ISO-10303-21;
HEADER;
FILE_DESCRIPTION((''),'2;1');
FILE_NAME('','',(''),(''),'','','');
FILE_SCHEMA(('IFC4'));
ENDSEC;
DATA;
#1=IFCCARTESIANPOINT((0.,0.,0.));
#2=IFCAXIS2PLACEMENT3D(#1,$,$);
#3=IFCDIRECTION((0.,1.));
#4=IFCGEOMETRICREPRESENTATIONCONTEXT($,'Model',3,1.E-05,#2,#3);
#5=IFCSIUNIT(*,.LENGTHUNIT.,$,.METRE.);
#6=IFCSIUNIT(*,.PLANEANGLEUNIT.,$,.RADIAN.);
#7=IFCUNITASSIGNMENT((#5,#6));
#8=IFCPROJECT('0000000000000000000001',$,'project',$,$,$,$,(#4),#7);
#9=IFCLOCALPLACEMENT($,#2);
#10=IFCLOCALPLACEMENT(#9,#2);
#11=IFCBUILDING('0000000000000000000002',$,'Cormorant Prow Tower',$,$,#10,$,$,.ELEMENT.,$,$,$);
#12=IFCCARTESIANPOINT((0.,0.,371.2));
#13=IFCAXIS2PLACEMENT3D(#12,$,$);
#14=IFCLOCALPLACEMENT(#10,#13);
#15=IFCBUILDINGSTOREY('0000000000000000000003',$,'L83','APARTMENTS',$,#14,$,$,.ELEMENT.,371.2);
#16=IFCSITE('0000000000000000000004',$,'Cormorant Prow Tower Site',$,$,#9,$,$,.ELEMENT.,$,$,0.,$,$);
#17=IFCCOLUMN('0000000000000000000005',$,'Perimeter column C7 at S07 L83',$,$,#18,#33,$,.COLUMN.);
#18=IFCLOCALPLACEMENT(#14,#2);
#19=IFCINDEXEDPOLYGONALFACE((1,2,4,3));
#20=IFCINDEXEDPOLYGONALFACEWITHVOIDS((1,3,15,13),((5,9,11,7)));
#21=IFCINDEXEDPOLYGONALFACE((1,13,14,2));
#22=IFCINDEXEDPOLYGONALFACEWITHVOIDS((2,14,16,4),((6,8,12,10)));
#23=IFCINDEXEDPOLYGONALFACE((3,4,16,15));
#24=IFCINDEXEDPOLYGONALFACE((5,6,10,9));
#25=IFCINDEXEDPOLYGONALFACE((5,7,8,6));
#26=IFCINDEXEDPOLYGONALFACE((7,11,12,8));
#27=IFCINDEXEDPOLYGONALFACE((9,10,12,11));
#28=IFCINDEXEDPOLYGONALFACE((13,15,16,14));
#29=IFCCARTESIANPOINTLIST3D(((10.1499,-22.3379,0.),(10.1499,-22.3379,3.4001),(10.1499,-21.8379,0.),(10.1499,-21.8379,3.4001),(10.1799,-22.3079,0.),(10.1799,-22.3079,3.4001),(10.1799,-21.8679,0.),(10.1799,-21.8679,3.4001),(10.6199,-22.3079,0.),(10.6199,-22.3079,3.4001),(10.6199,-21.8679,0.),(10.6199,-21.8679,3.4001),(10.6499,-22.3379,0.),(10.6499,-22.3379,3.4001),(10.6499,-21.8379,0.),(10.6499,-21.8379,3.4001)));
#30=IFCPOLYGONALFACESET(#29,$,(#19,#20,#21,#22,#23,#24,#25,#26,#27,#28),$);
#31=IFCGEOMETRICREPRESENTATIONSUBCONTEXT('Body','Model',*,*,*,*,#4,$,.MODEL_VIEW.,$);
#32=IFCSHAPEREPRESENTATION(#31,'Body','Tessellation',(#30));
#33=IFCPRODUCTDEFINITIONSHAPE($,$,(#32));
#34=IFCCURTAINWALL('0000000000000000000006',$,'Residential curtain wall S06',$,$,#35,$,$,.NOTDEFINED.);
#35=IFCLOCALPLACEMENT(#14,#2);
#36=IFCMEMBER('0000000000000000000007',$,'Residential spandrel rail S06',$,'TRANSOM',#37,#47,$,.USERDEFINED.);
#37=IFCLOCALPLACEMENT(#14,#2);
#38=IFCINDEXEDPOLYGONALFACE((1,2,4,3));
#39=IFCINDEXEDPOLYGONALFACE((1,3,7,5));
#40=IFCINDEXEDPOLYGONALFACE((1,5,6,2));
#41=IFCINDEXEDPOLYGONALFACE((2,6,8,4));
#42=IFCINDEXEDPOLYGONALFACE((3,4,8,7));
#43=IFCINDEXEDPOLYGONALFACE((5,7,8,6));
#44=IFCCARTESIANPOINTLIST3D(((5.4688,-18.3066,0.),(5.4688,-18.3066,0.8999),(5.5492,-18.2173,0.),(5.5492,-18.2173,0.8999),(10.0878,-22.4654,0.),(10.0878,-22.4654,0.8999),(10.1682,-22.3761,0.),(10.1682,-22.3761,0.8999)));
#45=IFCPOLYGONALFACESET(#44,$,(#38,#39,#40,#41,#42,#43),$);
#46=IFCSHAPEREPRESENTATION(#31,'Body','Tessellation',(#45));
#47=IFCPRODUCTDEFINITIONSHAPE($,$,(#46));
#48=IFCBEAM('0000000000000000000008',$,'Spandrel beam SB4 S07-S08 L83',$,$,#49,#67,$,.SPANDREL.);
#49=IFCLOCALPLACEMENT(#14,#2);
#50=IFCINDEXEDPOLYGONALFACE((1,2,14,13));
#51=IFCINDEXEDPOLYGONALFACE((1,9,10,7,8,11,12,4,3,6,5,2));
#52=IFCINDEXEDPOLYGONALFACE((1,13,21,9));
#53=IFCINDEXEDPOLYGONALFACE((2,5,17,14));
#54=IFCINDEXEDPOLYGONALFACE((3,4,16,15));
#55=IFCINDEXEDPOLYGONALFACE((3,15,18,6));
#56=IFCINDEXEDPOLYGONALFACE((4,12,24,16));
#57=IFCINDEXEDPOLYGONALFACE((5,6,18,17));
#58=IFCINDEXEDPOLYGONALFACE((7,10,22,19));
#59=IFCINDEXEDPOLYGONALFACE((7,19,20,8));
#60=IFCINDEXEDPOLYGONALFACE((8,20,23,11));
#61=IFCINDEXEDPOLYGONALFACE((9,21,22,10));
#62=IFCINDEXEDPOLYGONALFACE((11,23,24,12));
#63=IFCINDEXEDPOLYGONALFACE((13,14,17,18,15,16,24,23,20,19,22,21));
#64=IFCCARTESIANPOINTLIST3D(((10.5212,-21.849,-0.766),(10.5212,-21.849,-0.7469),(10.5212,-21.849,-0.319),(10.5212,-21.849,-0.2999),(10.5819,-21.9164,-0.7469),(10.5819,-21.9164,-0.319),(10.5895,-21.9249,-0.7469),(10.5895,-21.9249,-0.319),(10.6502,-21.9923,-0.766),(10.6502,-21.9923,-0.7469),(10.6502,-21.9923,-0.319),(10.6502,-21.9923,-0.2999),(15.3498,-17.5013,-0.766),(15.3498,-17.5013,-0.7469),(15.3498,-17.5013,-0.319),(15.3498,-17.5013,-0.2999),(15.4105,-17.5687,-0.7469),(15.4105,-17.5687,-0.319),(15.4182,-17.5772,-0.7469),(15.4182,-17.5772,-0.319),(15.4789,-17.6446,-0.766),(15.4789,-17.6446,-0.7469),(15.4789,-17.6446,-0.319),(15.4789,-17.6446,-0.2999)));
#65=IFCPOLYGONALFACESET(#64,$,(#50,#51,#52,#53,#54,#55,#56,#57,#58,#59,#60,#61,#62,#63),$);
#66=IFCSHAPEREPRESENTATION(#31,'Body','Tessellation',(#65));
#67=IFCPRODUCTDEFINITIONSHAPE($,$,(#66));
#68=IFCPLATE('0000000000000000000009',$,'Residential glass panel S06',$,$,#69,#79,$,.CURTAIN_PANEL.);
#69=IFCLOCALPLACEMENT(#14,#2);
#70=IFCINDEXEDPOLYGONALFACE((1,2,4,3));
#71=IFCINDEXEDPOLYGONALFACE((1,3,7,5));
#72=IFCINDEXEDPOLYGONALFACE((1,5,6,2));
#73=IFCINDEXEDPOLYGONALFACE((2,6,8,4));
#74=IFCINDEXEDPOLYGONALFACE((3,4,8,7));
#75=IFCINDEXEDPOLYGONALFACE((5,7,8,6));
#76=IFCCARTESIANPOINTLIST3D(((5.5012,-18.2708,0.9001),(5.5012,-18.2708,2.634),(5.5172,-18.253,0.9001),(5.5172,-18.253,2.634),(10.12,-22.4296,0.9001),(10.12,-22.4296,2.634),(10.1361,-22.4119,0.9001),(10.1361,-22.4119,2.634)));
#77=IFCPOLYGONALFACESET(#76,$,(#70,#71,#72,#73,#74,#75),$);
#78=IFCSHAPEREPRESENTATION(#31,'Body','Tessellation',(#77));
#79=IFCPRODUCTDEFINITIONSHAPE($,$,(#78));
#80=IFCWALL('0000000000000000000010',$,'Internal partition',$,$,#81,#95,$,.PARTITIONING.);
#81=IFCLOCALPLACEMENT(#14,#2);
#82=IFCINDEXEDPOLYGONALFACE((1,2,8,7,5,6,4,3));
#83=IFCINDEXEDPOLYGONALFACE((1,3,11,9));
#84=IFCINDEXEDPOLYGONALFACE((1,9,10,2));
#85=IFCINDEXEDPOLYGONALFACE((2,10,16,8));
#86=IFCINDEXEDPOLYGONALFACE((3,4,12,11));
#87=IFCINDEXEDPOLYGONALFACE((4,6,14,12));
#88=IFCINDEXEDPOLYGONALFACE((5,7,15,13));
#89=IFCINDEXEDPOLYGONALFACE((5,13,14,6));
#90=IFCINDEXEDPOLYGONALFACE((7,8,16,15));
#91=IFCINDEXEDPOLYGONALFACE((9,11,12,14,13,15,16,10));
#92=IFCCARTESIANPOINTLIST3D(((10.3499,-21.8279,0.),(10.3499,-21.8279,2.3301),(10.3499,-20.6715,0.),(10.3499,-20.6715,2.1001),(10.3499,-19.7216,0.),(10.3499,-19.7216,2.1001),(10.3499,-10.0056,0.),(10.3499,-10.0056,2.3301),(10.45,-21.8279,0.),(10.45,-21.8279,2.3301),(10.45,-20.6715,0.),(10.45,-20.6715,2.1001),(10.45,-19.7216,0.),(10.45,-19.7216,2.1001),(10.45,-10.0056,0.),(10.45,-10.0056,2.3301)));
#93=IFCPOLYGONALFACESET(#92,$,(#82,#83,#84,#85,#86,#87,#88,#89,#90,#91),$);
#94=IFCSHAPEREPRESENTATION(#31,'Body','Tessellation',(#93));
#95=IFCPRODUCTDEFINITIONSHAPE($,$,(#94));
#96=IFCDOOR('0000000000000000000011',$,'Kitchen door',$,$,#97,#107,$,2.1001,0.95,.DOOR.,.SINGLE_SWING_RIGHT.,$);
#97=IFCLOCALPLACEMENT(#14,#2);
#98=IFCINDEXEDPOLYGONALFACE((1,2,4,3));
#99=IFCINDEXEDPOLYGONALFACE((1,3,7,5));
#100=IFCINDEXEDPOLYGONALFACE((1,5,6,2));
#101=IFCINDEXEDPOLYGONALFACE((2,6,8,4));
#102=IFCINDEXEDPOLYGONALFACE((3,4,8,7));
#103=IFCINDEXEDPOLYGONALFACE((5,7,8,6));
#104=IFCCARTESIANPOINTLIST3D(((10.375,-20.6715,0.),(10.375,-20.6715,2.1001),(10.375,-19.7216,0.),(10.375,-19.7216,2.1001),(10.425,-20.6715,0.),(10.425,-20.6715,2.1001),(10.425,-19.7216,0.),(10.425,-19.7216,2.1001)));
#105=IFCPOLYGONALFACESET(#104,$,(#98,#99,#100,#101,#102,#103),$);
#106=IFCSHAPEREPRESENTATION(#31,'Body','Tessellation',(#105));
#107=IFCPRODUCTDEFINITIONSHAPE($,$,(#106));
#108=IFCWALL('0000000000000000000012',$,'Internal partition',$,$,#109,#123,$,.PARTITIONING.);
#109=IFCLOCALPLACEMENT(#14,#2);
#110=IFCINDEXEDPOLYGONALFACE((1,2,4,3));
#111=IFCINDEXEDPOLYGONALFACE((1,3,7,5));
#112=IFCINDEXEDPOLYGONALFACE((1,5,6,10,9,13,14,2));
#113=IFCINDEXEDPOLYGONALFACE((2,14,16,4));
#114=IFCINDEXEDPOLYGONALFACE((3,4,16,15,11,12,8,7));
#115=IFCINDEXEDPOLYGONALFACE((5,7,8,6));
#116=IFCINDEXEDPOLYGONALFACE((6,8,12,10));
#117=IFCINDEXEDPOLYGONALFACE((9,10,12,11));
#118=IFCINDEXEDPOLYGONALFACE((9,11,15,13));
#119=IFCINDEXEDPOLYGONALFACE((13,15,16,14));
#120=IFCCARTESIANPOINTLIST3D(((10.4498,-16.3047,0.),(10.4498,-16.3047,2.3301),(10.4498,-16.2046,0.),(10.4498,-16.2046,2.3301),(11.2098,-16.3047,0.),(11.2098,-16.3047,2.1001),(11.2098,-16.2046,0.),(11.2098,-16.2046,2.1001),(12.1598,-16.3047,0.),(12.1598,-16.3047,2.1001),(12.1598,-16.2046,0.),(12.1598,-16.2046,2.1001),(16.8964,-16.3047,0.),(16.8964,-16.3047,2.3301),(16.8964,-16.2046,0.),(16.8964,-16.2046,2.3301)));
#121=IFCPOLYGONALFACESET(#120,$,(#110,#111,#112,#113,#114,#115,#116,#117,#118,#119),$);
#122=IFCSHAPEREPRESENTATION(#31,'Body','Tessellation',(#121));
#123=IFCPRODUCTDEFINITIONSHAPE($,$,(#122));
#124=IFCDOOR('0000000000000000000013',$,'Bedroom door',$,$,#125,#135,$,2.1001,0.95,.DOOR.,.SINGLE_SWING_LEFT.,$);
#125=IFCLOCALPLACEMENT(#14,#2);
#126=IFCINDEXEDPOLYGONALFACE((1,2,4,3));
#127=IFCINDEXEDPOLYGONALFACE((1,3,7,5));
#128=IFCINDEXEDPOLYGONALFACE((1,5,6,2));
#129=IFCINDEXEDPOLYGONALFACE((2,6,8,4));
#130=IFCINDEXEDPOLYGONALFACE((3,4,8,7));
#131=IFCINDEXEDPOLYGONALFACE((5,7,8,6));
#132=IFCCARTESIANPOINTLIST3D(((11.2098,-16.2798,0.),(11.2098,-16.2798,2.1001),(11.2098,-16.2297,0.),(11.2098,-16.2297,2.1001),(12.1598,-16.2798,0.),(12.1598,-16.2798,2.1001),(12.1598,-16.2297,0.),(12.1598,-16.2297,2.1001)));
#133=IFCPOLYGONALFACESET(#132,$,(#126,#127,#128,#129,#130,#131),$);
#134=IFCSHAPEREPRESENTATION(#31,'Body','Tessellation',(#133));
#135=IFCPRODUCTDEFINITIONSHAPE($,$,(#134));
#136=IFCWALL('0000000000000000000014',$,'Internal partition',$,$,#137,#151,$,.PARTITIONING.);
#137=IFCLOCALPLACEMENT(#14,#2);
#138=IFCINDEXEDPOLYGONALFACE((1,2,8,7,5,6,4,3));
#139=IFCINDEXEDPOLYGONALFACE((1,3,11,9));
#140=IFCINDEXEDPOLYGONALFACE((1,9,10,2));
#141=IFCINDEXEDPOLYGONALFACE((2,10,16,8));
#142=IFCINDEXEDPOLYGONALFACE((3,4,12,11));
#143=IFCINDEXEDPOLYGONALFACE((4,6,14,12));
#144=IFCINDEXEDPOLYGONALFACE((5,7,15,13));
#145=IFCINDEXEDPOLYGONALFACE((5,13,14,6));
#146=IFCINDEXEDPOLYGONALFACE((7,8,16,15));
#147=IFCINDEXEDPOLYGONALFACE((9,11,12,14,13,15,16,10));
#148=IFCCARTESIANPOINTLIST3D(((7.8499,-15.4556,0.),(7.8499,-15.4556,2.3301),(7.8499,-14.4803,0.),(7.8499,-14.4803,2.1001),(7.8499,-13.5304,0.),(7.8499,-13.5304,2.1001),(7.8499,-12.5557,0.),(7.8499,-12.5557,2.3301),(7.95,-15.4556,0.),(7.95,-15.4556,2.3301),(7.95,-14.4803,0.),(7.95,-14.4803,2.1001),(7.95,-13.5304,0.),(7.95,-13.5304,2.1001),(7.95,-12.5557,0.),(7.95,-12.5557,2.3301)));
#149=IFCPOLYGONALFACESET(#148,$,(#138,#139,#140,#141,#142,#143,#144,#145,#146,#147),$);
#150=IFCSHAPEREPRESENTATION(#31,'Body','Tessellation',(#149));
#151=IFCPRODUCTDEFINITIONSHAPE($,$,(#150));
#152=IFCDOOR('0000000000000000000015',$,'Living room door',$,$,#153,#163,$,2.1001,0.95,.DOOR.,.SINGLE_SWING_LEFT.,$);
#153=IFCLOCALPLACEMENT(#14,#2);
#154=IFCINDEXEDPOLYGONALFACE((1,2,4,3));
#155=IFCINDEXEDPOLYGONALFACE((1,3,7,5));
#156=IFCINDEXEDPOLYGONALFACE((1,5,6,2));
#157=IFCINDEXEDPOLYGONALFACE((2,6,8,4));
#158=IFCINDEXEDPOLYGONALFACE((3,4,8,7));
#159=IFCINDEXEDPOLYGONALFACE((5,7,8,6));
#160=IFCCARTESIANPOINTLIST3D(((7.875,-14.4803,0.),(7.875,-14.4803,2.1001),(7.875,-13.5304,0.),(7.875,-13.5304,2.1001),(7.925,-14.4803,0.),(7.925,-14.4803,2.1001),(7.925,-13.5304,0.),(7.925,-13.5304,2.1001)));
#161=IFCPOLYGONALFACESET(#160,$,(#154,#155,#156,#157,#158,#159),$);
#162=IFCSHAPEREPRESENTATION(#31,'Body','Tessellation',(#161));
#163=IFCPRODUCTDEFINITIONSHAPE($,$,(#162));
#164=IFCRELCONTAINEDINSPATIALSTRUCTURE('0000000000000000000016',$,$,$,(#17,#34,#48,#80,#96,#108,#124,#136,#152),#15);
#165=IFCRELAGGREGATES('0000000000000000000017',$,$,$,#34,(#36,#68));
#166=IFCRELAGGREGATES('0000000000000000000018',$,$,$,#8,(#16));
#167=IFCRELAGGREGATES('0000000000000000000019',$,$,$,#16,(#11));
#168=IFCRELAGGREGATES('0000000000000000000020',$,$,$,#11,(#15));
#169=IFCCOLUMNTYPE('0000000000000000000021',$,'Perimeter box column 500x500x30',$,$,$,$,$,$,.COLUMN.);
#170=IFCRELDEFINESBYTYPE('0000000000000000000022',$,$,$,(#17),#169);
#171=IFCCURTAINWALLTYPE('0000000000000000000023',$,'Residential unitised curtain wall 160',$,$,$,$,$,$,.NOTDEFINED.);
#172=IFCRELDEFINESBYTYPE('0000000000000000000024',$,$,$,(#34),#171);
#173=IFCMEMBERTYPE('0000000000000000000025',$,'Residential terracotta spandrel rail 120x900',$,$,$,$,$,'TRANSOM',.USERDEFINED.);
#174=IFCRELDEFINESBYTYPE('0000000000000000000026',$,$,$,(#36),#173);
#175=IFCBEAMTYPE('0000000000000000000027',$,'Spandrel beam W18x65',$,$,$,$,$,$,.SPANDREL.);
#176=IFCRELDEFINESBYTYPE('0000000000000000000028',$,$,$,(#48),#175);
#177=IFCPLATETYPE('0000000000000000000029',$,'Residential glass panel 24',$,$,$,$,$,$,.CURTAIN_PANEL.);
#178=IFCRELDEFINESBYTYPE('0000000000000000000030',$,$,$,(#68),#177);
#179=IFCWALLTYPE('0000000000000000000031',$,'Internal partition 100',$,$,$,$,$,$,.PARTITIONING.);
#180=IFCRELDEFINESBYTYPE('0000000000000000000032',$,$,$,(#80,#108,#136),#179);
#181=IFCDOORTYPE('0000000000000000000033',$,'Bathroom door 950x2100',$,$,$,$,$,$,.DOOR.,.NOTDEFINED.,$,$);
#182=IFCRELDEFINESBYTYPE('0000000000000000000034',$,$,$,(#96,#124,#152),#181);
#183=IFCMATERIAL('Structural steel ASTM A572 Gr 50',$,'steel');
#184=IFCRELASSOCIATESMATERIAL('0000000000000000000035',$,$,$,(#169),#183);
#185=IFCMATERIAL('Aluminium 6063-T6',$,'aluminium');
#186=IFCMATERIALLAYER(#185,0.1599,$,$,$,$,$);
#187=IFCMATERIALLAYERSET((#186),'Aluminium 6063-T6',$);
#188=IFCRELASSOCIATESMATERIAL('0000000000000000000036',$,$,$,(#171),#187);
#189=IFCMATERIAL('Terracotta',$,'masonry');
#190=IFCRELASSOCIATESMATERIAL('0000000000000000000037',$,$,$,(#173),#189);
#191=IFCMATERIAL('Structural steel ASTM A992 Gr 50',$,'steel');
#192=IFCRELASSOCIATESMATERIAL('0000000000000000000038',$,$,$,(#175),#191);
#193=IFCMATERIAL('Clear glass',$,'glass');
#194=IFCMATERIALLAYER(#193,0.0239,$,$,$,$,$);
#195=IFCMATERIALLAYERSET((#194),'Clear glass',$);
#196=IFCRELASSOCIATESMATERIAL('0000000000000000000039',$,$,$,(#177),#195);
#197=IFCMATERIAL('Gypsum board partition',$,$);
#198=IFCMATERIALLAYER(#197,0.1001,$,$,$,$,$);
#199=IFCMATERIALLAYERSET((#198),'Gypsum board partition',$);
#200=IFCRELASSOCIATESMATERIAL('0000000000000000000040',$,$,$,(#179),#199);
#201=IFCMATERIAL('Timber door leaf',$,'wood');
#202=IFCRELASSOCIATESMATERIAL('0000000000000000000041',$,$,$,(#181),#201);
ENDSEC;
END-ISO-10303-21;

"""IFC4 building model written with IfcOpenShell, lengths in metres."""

from ifc_helpers import new_model, si_unit, direction, frame, frame_2d, origin, origin_2d, place, context, subcontext, project, spatial, rectangle, hollow_rectangle, i_section, extrude, material, layer, layer_set, material_profile, profile_set, type_object, element, fill, aggregate, save


model = new_model("IFC4")

# Units and contexts
model_context = context("Model", 3, precision=1e-05, world=origin(), true_north=direction((0.0, 1.0)))
body_context = subcontext(model_context, "Body", "Model", "MODEL_VIEW")
ifc_project = project(units=[si_unit("LENGTHUNIT", "METRE"), si_unit("PLANEANGLEUNIT", "RADIAN")], contexts=[model_context])

# Site, building, storey
site_placement = place(None, origin())
site = spatial("IfcSite", under=ifc_project, at=site_placement, Name="Cormorant Prow Tower Site", CompositionType="ELEMENT", RefElevation=0.0)
building_placement = place(site_placement, origin())
building = spatial("IfcBuilding", under=site, at=building_placement, Name="Cormorant Prow Tower", CompositionType="ELEMENT")
storey_placement = place(building_placement, frame((0.0, 0.0, 371.2)))
storey = spatial("IfcBuildingStorey", under=building, at=storey_placement, Name="L83", Description="APARTMENTS", CompositionType="ELEMENT", Elevation=371.2)

# Column
ifc_material_1 = material(Name="Structural steel ASTM A572 Gr 50", Category="steel")
ifc_material_profile_1 = material_profile(ifc_material_1, hollow_rectangle(XDim=0.5, YDim=0.5, WallThickness=0.03, at=origin_2d()), Name="Box 500x500x30")
ifc_profile_set_1 = profile_set([ifc_material_profile_1], Name="Structural steel ASTM A572 Gr 50")
column_type = type_object("IfcColumnType", Name="Perimeter box column 500x500x30", PredefinedType="COLUMN", material=ifc_profile_set_1)
column_placement = place(storey_placement, frame((10.3999, -22.0879, 0.0), z_axis=(0.0, 0.0, 1.0), x_axis=(1.0, 0.0, 0.0)))
element("IfcColumn", 1, at=column_placement, inside=storey, type_object=column_type, Name="Perimeter column C7 at S07 L83", PredefinedType="COLUMN", context=body_context, shape_type="SweptSolid", body=[
    extrude(hollow_rectangle(XDim=0.5, YDim=0.5, WallThickness=0.03, at=origin_2d()), origin(), (0.0, 0.0, 1.0), 3.4001),
])

# Curtain wall, member
ifc_material_2 = material(Name="Aluminium 6063-T6", Category="aluminium")
ifc_layer_1 = layer(ifc_material_2, 0.1599)
ifc_layer_set_1 = layer_set([ifc_layer_1], Name="Aluminium 6063-T6")
curtain_wall_type = type_object("IfcCurtainWallType", Name="Residential unitised curtain wall 160", PredefinedType="NOTDEFINED", material=ifc_layer_set_1)
curtain_wall_placement = place(storey_placement, origin())
curtain_wall = element("IfcCurtainWall", 2, at=curtain_wall_placement, inside=storey, type_object=curtain_wall_type, Name="Residential curtain wall S06", PredefinedType="NOTDEFINED")
ifc_material_3 = material(Name="Terracotta", Category="masonry")
ifc_material_profile_2 = material_profile(ifc_material_3, rectangle(XDim=0.1201, YDim=0.8999, at=origin_2d()), Name="Residential terracotta spandrel rail 120x900")
ifc_profile_set_2 = profile_set([ifc_material_profile_2], Name="Terracotta")
member_type = type_object("IfcMemberType", Name="Residential terracotta spandrel rail 120x900", ElementType="TRANSOM", PredefinedType="USERDEFINED", material=ifc_profile_set_2)
member_placement = place(storey_placement, frame((5.509, -18.262, 0.45), z_axis=(0.743159, -0.669114, 0.0), x_axis=(0.669114, 0.743159, 0.0)))
member = element("IfcMember", 3, at=member_placement, type_object=member_type, Name="Residential spandrel rail S06", ObjectType="TRANSOM", PredefinedType="USERDEFINED", context=body_context, shape_type="SweptSolid", body=[
    extrude(rectangle(XDim=0.1201, YDim=0.8999, at=origin_2d()), origin(), (0.0, 0.0, 1.0), 6.2153),
])

# Beam
ifc_material_4 = material(Name="Structural steel ASTM A992 Gr 50", Category="steel")
ifc_material_profile_3 = material_profile(ifc_material_4, i_section(OverallWidth=0.1929, OverallDepth=0.4661, WebThickness=0.0115, FlangeThickness=0.019, at=origin_2d()), Name="W18x65")
ifc_profile_set_3 = profile_set([ifc_material_profile_3], Name="Structural steel ASTM A992 Gr 50")
beam_type = type_object("IfcBeamType", Name="Spandrel beam W18x65", PredefinedType="SPANDREL", material=ifc_profile_set_3)
beam_placement = place(storey_placement, frame((10.5857, -21.9207, -0.533), z_axis=(0.743148, 0.669127, 0.0), x_axis=(-0.669127, 0.743148, 0.0)))
element("IfcBeam", 4, at=beam_placement, inside=storey, type_object=beam_type, Name="Spandrel beam SB4 S07-S08 L83", PredefinedType="SPANDREL", context=body_context, shape_type="SweptSolid", body=[
    extrude(i_section(OverallWidth=0.1929, OverallDepth=0.4661, WebThickness=0.0115, FlangeThickness=0.019, at=origin_2d()), origin(), (0.0, 0.0, 1.0), 6.4976),
])

# Plate
ifc_material_5 = material(Name="Clear glass", Category="glass")
ifc_layer_2 = layer(ifc_material_5, 0.0239)
ifc_layer_set_2 = layer_set([ifc_layer_2], Name="Clear glass")
plate_type = type_object("IfcPlateType", Name="Residential glass panel 24", PredefinedType="CURTAIN_PANEL", material=ifc_layer_set_2)
plate_placement = place(storey_placement, frame((7.8186, -20.3413, 0.9001), z_axis=(0.0, 0.0, 1.0), x_axis=(0.743145, -0.669131, 0.0)))
plate = element("IfcPlate", 5, at=plate_placement, type_object=plate_type, Name="Residential glass panel S06", PredefinedType="CURTAIN_PANEL", context=body_context, shape_type="SweptSolid", body=[
    extrude(rectangle(XDim=6.2153, YDim=0.0239, at=origin_2d()), origin(), (0.0, 0.0, 1.0), 1.7339),
])
aggregate(curtain_wall, [member, plate])

# Walls, openings, doors
ifc_material_6 = material(Name="Gypsum board partition")
ifc_layer_3 = layer(ifc_material_6, 0.1001)
ifc_layer_set_3 = layer_set([ifc_layer_3], Name="Gypsum board partition")
wall_type_1 = type_object("IfcWallType", Name="Internal partition 100", PredefinedType="PARTITIONING", material=ifc_layer_set_3)
wall_1_placement = place(storey_placement, frame((10.3999, -21.8279, 0.0), z_axis=(0.0, 0.0, 1.0), x_axis=(0.0, 1.0, 0.0)))
wall_1 = element("IfcWall", 6, at=wall_1_placement, inside=storey, type_object=wall_type_1, Name="Internal partition", PredefinedType="PARTITIONING", context=body_context, shape_type="SweptSolid", body=[
    extrude(rectangle(XDim=11.8223, YDim=0.1001, at=frame_2d((5.9111, 0.0))), origin(), (0.0, 0.0, 1.0), 2.3301),
])
opening_1_placement = place(wall_1_placement, frame((1.1562, 0.0, 0.0)))
opening_1 = element("IfcOpeningElement", 7, at=opening_1_placement, cuts=wall_1, PredefinedType="OPENING", context=body_context, shape_type="SweptSolid", body=[
    extrude(rectangle(XDim=0.95, YDim=2.1001, at=frame_2d((0.4751, 1.05))), frame((0.0, 0.0601, 0.0), z_axis=(0.0, -1.0, 0.0), x_axis=(1.0, 0.0, 0.0)), (0.0, 0.0, 1.0), 0.1201),
])
ifc_material_7 = material(Name="Timber door leaf", Category="wood")
door_type_1 = type_object("IfcDoorType", Name="Bathroom door 950x2100", OperationType="NOTDEFINED", PredefinedType="DOOR", material=ifc_material_7)
door_1_placement = place(opening_1_placement, origin())
door_1 = element("IfcDoor", 8, at=door_1_placement, inside=storey, type_object=door_type_1, Name="Kitchen door", OperationType="SINGLE_SWING_RIGHT", OverallHeight=2.1001, OverallWidth=0.95, PredefinedType="DOOR", context=body_context, shape_type="SweptSolid", body=[
    extrude(rectangle(XDim=0.95, YDim=2.1001, at=frame_2d((0.4751, 1.05))), frame((0.0, 0.0249, 0.0), z_axis=(0.0, -1.0, 0.0), x_axis=(1.0, 0.0, 0.0)), (0.0, 0.0, 1.0), 0.05),
])
fill(opening_1, door_1)
wall_2_placement = place(storey_placement, frame((10.45, -16.2546, 0.0), z_axis=(0.0, 0.0, 1.0), x_axis=(1.0, 0.0, 0.0)))
wall_2 = element("IfcWall", 9, at=wall_2_placement, inside=storey, type_object=wall_type_1, Name="Internal partition", PredefinedType="PARTITIONING", context=body_context, shape_type="SweptSolid", body=[
    extrude(rectangle(XDim=6.4465, YDim=0.1001, at=frame_2d((3.2231, 0.0))), origin(), (0.0, 0.0, 1.0), 2.3301),
])
opening_2_placement = place(wall_2_placement, frame((0.7598, 0.0, 0.0)))
opening_2 = element("IfcOpeningElement", 10, at=opening_2_placement, cuts=wall_2, PredefinedType="OPENING", context=body_context, shape_type="SweptSolid", body=[
    extrude(rectangle(XDim=0.95, YDim=2.1001, at=frame_2d((0.4751, 1.05))), frame((0.0, 0.0601, 0.0), z_axis=(0.0, -1.0, 0.0), x_axis=(1.0, 0.0, 0.0)), (0.0, 0.0, 1.0), 0.1201),
])
door_2_placement = place(opening_2_placement, origin())
door_2 = element("IfcDoor", 11, at=door_2_placement, inside=storey, type_object=door_type_1, Name="Bedroom door", OperationType="SINGLE_SWING_LEFT", OverallHeight=2.1001, OverallWidth=0.95, PredefinedType="DOOR", context=body_context, shape_type="SweptSolid", body=[
    extrude(rectangle(XDim=0.95, YDim=2.1001, at=frame_2d((0.4751, 1.05))), frame((0.0, 0.0249, 0.0), z_axis=(0.0, -1.0, 0.0), x_axis=(1.0, 0.0, 0.0)), (0.0, 0.0, 1.0), 0.05),
])
fill(opening_2, door_2)
wall_3_placement = place(storey_placement, frame((7.8999, -15.4556, 0.0), z_axis=(0.0, 0.0, 1.0), x_axis=(0.0, 1.0, 0.0)))
wall_3 = element("IfcWall", 12, at=wall_3_placement, inside=storey, type_object=wall_type_1, Name="Internal partition", PredefinedType="PARTITIONING", context=body_context, shape_type="SweptSolid", body=[
    extrude(rectangle(XDim=2.8999, YDim=0.1001, at=frame_2d((1.45, 0.0))), origin(), (0.0, 0.0, 1.0), 2.3301),
])
opening_3_placement = place(wall_3_placement, frame((0.9751, 0.0, 0.0)))
opening_3 = element("IfcOpeningElement", 13, at=opening_3_placement, cuts=wall_3, PredefinedType="OPENING", context=body_context, shape_type="SweptSolid", body=[
    extrude(rectangle(XDim=0.95, YDim=2.1001, at=frame_2d((0.4751, 1.05))), frame((0.0, 0.0601, 0.0), z_axis=(0.0, -1.0, 0.0), x_axis=(1.0, 0.0, 0.0)), (0.0, 0.0, 1.0), 0.1201),
])
door_3_placement = place(opening_3_placement, origin())
door_3 = element("IfcDoor", 14, at=door_3_placement, inside=storey, type_object=door_type_1, Name="Living room door", OperationType="SINGLE_SWING_LEFT", OverallHeight=2.1001, OverallWidth=0.95, PredefinedType="DOOR", context=body_context, shape_type="SweptSolid", body=[
    extrude(rectangle(XDim=0.95, YDim=2.1001, at=frame_2d((0.4751, 1.05))), frame((0.0, 0.0249, 0.0), z_axis=(0.0, -1.0, 0.0), x_axis=(1.0, 0.0, 0.0)), (0.0, 0.0, 1.0), 0.05),
])
fill(opening_3, door_3)

save(model, "model.ifc")
